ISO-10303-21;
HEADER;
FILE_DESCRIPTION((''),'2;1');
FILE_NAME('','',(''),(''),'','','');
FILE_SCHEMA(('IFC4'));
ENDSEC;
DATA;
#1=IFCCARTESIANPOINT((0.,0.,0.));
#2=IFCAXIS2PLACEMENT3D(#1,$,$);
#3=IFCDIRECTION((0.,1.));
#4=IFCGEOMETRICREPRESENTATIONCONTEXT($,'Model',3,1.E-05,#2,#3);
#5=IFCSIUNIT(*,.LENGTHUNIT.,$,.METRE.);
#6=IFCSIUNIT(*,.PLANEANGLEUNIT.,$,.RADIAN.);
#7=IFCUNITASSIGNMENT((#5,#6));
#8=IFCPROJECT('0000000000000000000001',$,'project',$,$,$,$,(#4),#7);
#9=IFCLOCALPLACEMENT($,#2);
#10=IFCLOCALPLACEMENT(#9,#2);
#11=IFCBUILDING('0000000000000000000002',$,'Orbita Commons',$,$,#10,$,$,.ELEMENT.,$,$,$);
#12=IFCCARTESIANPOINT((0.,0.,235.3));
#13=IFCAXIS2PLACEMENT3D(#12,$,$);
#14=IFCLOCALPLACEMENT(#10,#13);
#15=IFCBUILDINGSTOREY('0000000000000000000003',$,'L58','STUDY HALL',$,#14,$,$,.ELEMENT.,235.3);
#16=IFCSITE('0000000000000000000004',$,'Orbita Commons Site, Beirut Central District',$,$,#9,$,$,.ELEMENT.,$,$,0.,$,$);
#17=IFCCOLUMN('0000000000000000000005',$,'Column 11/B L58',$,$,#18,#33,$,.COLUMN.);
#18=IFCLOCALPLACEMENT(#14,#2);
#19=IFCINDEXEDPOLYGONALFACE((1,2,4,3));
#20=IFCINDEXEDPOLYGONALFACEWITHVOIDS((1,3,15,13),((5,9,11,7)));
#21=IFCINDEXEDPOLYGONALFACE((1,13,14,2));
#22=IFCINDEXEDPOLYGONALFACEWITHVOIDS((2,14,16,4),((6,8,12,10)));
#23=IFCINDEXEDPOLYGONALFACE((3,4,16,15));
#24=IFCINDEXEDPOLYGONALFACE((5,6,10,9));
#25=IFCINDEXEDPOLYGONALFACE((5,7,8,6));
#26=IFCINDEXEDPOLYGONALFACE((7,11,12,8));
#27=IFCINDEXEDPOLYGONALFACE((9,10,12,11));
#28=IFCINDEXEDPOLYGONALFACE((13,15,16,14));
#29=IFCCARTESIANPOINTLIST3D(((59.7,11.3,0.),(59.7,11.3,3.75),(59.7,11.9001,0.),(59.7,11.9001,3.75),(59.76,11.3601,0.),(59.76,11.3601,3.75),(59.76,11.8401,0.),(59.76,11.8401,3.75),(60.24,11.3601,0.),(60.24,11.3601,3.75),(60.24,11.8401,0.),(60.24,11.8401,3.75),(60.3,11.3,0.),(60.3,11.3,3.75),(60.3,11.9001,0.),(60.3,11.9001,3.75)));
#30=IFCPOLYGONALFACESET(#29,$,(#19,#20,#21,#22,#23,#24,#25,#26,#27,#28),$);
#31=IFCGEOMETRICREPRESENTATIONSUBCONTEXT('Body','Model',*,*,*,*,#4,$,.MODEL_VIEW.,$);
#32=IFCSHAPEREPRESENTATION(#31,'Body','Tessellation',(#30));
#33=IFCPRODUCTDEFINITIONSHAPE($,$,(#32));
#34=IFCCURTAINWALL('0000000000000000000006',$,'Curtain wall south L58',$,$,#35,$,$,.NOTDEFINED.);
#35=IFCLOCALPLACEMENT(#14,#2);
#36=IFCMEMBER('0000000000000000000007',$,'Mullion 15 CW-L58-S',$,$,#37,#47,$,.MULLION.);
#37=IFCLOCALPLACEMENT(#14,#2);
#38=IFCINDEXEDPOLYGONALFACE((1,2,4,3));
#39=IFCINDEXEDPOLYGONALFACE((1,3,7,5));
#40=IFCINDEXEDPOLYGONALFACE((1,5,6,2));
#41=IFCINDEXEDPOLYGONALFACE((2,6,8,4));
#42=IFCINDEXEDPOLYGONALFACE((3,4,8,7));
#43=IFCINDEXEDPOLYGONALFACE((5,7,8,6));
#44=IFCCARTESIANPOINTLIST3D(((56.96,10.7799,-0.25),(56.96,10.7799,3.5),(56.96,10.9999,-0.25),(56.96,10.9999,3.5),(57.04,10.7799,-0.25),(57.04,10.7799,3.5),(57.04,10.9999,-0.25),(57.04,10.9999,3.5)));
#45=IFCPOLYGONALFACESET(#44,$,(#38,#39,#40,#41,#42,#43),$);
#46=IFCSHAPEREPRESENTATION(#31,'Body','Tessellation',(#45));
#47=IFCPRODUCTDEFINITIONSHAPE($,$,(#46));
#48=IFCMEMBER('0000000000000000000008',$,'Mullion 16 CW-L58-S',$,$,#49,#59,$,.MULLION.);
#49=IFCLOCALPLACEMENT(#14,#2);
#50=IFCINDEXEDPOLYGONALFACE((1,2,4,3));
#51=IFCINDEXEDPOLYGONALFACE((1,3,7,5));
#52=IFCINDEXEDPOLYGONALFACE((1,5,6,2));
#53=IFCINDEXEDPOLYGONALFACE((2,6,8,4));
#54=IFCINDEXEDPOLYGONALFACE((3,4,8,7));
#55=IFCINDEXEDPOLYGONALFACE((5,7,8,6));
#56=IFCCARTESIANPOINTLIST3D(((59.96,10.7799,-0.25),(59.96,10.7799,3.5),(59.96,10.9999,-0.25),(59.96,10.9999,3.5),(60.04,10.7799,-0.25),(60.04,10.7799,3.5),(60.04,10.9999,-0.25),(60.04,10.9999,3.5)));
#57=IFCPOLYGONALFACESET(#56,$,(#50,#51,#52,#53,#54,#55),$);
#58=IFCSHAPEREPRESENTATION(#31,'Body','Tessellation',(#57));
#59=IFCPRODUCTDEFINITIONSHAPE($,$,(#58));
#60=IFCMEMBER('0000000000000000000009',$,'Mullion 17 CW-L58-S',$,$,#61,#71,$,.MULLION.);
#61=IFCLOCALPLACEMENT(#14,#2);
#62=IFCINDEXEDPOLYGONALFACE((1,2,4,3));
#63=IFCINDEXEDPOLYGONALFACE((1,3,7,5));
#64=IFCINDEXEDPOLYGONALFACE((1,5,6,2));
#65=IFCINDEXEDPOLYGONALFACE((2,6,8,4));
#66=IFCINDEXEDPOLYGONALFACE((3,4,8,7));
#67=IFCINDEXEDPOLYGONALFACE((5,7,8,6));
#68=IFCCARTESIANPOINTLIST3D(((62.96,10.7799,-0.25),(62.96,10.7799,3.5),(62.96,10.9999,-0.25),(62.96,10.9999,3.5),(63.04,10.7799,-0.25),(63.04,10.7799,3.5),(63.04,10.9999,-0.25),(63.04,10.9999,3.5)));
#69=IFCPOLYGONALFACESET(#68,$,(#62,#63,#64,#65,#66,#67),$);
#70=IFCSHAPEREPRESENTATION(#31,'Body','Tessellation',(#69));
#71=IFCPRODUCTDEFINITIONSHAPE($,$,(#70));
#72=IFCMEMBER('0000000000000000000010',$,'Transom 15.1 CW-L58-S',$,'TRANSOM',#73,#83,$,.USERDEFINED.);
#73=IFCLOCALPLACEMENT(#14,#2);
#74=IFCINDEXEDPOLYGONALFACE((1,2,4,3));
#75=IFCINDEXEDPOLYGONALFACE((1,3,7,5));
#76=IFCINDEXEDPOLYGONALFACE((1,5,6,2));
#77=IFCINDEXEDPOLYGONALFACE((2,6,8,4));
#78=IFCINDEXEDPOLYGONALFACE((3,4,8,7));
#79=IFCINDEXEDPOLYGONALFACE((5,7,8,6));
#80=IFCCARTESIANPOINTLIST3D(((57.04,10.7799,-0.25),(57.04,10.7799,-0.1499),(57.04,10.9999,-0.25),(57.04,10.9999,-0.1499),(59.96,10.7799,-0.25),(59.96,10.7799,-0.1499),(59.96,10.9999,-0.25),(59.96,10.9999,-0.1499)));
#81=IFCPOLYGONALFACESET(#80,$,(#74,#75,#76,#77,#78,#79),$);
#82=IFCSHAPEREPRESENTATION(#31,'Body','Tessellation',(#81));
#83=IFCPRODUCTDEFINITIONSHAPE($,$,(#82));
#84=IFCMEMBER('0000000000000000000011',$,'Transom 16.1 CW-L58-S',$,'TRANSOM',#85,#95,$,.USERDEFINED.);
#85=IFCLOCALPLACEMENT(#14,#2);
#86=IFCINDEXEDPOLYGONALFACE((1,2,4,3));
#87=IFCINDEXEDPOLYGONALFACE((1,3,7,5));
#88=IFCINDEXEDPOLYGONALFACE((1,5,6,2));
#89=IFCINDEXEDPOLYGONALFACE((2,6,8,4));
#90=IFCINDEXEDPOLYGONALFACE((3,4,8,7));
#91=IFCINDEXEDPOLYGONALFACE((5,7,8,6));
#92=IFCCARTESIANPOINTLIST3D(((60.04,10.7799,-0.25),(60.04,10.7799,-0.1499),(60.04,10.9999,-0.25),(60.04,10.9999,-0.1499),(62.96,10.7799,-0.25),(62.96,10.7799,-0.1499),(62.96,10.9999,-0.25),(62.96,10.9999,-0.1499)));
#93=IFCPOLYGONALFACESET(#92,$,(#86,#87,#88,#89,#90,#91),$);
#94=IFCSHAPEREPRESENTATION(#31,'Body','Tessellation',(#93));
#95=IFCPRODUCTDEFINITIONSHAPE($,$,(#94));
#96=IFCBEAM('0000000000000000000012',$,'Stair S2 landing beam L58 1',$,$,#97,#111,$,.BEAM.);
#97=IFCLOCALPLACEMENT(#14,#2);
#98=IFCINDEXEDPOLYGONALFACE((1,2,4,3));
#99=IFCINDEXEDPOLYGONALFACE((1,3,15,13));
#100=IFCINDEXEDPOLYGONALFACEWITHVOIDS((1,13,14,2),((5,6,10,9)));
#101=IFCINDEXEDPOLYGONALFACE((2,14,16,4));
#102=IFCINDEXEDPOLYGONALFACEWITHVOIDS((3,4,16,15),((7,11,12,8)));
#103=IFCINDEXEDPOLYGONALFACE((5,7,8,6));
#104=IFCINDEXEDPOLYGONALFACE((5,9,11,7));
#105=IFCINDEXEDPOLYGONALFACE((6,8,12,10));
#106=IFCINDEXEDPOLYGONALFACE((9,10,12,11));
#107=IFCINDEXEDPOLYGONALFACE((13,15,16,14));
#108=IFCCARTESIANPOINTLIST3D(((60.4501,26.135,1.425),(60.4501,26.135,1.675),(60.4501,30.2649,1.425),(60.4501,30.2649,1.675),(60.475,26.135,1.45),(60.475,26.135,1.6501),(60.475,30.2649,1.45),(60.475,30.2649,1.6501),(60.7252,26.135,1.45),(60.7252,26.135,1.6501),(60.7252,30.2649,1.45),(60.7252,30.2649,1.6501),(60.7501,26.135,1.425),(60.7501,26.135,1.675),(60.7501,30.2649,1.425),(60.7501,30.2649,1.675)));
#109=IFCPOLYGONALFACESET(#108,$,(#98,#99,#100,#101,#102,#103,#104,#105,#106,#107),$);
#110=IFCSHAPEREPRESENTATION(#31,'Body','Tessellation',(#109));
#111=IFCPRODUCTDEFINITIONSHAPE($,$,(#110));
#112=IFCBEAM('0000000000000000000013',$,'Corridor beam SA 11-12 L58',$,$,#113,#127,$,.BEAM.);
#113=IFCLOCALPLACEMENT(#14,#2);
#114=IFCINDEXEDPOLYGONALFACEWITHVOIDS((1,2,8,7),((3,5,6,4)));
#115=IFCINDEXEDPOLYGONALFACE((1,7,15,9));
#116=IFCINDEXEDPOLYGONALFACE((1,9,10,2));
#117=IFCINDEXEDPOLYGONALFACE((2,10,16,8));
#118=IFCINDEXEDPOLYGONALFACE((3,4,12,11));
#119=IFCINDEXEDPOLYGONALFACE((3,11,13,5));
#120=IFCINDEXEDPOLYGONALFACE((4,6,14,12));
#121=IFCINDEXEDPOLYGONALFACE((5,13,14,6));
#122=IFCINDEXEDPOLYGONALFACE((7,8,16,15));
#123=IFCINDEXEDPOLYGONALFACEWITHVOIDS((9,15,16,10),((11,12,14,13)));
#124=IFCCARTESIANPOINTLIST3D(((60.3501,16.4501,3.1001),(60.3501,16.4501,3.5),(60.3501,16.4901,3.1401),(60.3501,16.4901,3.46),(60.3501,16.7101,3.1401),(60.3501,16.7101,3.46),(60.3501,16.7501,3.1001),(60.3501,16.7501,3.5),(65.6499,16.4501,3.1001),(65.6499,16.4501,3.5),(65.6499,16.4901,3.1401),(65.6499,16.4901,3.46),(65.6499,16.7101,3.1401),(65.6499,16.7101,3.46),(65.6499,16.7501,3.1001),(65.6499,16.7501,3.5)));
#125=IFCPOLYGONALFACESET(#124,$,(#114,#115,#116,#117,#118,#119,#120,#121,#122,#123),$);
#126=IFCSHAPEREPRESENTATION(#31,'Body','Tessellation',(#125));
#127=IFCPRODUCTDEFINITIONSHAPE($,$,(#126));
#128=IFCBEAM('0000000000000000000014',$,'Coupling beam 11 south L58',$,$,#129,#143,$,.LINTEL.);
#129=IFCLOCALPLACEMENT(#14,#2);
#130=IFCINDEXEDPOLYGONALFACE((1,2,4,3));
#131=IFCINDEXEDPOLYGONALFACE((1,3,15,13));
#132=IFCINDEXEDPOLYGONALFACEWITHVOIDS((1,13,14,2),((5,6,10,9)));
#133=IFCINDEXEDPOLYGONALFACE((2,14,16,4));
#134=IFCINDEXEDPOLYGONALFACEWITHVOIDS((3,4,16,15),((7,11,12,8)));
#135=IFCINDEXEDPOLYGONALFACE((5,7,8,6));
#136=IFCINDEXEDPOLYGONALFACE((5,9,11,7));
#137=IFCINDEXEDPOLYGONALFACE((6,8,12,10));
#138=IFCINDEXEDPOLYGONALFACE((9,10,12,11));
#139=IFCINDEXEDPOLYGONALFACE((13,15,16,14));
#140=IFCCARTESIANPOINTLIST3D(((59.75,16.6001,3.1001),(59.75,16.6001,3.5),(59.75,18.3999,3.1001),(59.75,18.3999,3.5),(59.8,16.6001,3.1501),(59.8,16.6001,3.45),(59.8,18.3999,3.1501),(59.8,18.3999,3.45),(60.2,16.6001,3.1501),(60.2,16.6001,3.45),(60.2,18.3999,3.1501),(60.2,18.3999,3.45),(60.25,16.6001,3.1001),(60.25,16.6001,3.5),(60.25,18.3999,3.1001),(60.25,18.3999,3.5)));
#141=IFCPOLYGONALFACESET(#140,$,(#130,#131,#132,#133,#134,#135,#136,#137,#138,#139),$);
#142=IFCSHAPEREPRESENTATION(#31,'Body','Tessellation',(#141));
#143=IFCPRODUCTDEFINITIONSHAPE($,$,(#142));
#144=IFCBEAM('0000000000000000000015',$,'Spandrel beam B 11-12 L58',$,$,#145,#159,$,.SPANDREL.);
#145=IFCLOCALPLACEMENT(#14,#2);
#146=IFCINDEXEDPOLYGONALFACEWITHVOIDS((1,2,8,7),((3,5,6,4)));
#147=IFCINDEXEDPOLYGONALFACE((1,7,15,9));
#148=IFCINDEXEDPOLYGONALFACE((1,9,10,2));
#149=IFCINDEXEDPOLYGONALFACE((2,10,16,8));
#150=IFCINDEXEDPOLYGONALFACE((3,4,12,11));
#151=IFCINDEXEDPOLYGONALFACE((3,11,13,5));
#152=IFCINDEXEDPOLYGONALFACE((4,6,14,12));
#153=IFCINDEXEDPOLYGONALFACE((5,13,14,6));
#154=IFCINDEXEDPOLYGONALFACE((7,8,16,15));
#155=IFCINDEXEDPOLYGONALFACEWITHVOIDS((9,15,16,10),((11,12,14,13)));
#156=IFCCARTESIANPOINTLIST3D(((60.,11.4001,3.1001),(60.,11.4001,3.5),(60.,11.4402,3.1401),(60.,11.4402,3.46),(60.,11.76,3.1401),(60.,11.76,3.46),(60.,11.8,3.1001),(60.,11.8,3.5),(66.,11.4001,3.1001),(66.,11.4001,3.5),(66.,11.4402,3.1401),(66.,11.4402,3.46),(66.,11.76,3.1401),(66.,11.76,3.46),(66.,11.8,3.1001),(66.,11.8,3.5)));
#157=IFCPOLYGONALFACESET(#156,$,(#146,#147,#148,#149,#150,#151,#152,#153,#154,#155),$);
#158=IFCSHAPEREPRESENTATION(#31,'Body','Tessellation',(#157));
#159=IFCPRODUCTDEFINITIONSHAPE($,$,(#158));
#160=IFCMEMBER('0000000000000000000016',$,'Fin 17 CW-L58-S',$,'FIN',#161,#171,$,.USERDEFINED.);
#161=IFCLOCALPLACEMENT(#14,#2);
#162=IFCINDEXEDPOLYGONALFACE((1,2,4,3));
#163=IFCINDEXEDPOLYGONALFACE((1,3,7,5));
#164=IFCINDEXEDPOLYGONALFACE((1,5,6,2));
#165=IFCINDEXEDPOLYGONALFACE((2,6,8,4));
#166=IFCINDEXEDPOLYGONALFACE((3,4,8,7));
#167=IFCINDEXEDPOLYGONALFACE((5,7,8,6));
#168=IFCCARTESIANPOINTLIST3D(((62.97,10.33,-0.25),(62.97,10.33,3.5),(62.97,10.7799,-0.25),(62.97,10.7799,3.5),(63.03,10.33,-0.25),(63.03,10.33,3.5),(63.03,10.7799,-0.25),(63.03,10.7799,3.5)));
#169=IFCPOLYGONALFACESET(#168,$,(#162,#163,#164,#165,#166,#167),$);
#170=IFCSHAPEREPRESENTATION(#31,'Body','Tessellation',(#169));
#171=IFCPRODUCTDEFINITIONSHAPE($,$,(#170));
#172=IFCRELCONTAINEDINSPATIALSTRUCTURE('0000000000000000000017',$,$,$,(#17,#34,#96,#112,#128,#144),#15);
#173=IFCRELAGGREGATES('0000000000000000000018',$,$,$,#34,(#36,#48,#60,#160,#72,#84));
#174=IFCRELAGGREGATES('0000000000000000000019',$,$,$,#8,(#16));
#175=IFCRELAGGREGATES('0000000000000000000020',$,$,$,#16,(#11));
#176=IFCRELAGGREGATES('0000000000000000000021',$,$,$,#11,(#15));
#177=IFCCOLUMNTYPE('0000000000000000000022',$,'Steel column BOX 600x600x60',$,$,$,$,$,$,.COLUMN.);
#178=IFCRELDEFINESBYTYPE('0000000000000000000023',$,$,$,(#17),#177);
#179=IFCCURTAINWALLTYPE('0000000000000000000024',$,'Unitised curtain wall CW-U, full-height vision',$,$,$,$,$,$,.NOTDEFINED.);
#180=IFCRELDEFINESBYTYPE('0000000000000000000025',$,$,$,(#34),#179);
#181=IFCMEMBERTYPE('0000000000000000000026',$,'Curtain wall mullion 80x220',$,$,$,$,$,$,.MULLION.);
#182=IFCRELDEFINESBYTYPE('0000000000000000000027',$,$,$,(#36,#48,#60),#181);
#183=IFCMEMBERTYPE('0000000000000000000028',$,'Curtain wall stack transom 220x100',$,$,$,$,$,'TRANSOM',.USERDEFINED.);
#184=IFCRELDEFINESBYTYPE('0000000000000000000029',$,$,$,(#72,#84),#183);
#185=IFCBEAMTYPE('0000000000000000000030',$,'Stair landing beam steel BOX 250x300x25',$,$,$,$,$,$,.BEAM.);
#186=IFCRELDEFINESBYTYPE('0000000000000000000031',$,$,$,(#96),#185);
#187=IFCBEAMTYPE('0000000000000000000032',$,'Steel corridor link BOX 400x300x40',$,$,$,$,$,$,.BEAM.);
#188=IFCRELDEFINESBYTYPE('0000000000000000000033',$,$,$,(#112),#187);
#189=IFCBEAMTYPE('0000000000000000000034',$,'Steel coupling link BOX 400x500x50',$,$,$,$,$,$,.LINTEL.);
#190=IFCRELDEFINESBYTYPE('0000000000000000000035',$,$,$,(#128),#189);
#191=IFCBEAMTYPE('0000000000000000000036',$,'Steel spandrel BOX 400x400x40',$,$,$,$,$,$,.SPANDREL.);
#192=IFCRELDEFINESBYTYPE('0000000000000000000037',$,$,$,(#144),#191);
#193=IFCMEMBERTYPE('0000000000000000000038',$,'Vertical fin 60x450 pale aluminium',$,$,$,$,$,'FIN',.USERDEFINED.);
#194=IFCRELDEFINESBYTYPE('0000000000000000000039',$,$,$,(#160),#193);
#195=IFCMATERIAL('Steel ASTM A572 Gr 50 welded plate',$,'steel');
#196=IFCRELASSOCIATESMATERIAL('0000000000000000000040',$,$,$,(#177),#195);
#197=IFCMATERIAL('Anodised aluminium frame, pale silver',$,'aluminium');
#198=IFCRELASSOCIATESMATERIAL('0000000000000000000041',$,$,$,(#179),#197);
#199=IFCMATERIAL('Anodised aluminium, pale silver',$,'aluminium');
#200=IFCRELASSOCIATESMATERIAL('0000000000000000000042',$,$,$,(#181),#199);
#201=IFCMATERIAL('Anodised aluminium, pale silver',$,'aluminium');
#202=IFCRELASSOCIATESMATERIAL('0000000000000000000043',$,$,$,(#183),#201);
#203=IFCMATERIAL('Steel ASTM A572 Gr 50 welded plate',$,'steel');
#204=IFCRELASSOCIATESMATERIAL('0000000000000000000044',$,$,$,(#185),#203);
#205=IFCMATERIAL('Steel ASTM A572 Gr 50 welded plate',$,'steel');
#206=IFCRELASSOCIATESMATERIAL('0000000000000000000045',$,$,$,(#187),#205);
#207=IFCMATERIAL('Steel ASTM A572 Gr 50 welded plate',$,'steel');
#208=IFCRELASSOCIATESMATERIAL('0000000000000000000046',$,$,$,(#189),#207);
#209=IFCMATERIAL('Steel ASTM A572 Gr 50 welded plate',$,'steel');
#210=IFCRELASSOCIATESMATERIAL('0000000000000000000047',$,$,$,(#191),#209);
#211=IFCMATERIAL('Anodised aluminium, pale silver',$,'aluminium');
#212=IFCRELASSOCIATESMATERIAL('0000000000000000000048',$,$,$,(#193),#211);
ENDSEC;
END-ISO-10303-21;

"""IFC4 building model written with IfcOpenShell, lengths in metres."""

from ifc_helpers import new_model, si_unit, direction, frame, origin, origin_2d, place, context, subcontext, project, spatial, rectangle, hollow_rectangle, extrude, material, material_profile, profile_set, type_object, element, aggregate, save


model = new_model("IFC4")

# Units and contexts
model_context = context("Model", 3, precision=1e-05, world=origin(), true_north=direction((0.0, 1.0)))
body_context = subcontext(model_context, "Body", "Model", "MODEL_VIEW")
ifc_project = project(units=[si_unit("LENGTHUNIT", "METRE"), si_unit("PLANEANGLEUNIT", "RADIAN")], contexts=[model_context])

# Site, building, storey
site_placement = place(None, origin())
site = spatial("IfcSite", under=ifc_project, at=site_placement, Name="Orbita Commons Site, Beirut Central District", CompositionType="ELEMENT", RefElevation=0.0)
building_placement = place(site_placement, origin())
building = spatial("IfcBuilding", under=site, at=building_placement, Name="Orbita Commons", CompositionType="ELEMENT")
storey_placement = place(building_placement, frame((0.0, 0.0, 235.3)))
storey = spatial("IfcBuildingStorey", under=building, at=storey_placement, Name="L58", Description="STUDY HALL", CompositionType="ELEMENT", Elevation=235.3)

# Column
ifc_material_1 = material(Name="Steel ASTM A572 Gr 50 welded plate", Category="steel")
ifc_material_profile_1 = material_profile(ifc_material_1, hollow_rectangle(XDim=0.6001, YDim=0.6001, WallThickness=0.0601, at=origin_2d()), Name="BOX 600x600x60")
ifc_profile_set_1 = profile_set([ifc_material_profile_1], Name="Steel ASTM A572 Gr 50 welded plate")
column_type = type_object("IfcColumnType", Name="Steel column BOX 600x600x60", PredefinedType="COLUMN", material=ifc_profile_set_1)
column_placement = place(storey_placement, frame((60.0, 11.6001, 0.0), z_axis=(0.0, 0.0, 1.0), x_axis=(1.0, 0.0, 0.0)))
element("IfcColumn", 1, at=column_placement, inside=storey, type_object=column_type, Name="Column 11/B L58", PredefinedType="COLUMN", context=body_context, shape_type="SweptSolid", body=[
    extrude(hollow_rectangle(XDim=0.6001, YDim=0.6001, WallThickness=0.0601, at=origin_2d()), origin(), (0.0, 0.0, 1.0), 3.75),
])

# Curtain wall, members
ifc_material_2 = material(Name="Anodised aluminium frame, pale silver", Category="aluminium")
curtain_wall_type = type_object("IfcCurtainWallType", Name="Unitised curtain wall CW-U, full-height vision", PredefinedType="NOTDEFINED", material=ifc_material_2)
curtain_wall_placement = place(storey_placement, origin())
curtain_wall = element("IfcCurtainWall", 2, at=curtain_wall_placement, inside=storey, type_object=curtain_wall_type, Name="Curtain wall south L58", PredefinedType="NOTDEFINED")
ifc_material_3 = material(Name="Anodised aluminium, pale silver", Category="aluminium")
ifc_material_profile_2 = material_profile(ifc_material_3, rectangle(XDim=0.0801, YDim=0.22, at=origin_2d()), Name="AL 80x220")
ifc_profile_set_2 = profile_set([ifc_material_profile_2], Name="Anodised aluminium, pale silver")
member_type_1 = type_object("IfcMemberType", Name="Curtain wall mullion 80x220", PredefinedType="MULLION", material=ifc_profile_set_2)
member_1_placement = place(storey_placement, frame((57.0, 10.8899, -0.25), z_axis=(0.0, 0.0, 1.0), x_axis=(1.0, 0.0, 0.0)))
member_1 = element("IfcMember", 3, at=member_1_placement, type_object=member_type_1, Name="Mullion 15 CW-L58-S", PredefinedType="MULLION", context=body_context, shape_type="SweptSolid", body=[
    extrude(rectangle(XDim=0.0801, YDim=0.22, at=origin_2d()), origin(), (0.0, 0.0, 1.0), 3.75),
])
member_2_placement = place(storey_placement, frame((60.0, 10.8899, -0.25), z_axis=(0.0, 0.0, 1.0), x_axis=(1.0, 0.0, 0.0)))
member_2 = element("IfcMember", 4, at=member_2_placement, type_object=member_type_1, Name="Mullion 16 CW-L58-S", PredefinedType="MULLION", context=body_context, shape_type="SweptSolid", body=[
    extrude(rectangle(XDim=0.0801, YDim=0.22, at=origin_2d()), origin(), (0.0, 0.0, 1.0), 3.75),
])
member_3_placement = place(storey_placement, frame((63.0, 10.8899, -0.25), z_axis=(0.0, 0.0, 1.0), x_axis=(1.0, 0.0, 0.0)))
member_3 = element("IfcMember", 5, at=member_3_placement, type_object=member_type_1, Name="Mullion 17 CW-L58-S", PredefinedType="MULLION", context=body_context, shape_type="SweptSolid", body=[
    extrude(rectangle(XDim=0.0801, YDim=0.22, at=origin_2d()), origin(), (0.0, 0.0, 1.0), 3.75),
])
ifc_material_4 = material(Name="Anodised aluminium, pale silver", Category="aluminium")
ifc_material_profile_3 = material_profile(ifc_material_4, rectangle(XDim=0.22, YDim=0.1001, at=origin_2d()), Name="AL 220x100")
ifc_profile_set_3 = profile_set([ifc_material_profile_3], Name="Anodised aluminium, pale silver")
member_type_2 = type_object("IfcMemberType", Name="Curtain wall stack transom 220x100", ElementType="TRANSOM", PredefinedType="USERDEFINED", material=ifc_profile_set_3)
member_4_placement = place(storey_placement, frame((57.04, 10.8899, -0.2), z_axis=(1.0, 0.0, 0.0), x_axis=(0.0, 1.0, 0.0)))
member_4 = element("IfcMember", 6, at=member_4_placement, type_object=member_type_2, Name="Transom 15.1 CW-L58-S", ObjectType="TRANSOM", PredefinedType="USERDEFINED", context=body_context, shape_type="SweptSolid", body=[
    extrude(rectangle(XDim=0.22, YDim=0.1001, at=origin_2d()), origin(), (0.0, 0.0, 1.0), 2.9199),
])
member_5_placement = place(storey_placement, frame((60.04, 10.8899, -0.2), z_axis=(1.0, 0.0, 0.0), x_axis=(0.0, 1.0, 0.0)))
member_5 = element("IfcMember", 7, at=member_5_placement, type_object=member_type_2, Name="Transom 16.1 CW-L58-S", ObjectType="TRANSOM", PredefinedType="USERDEFINED", context=body_context, shape_type="SweptSolid", body=[
    extrude(rectangle(XDim=0.22, YDim=0.1001, at=origin_2d()), origin(), (0.0, 0.0, 1.0), 2.9199),
])

# Beams
ifc_material_5 = material(Name="Steel ASTM A572 Gr 50 welded plate", Category="steel")
ifc_material_profile_4 = material_profile(ifc_material_5, hollow_rectangle(XDim=0.3, YDim=0.25, WallThickness=0.0249, at=origin_2d()), Name="BOX 250x300x25")
ifc_profile_set_4 = profile_set([ifc_material_profile_4], Name="Steel ASTM A572 Gr 50 welded plate")
beam_type_1 = type_object("IfcBeamType", Name="Stair landing beam steel BOX 250x300x25", PredefinedType="BEAM", material=ifc_profile_set_4)
beam_1_placement = place(storey_placement, frame((60.6001, 26.135, 1.55), z_axis=(0.0, 1.0, 0.0), x_axis=(-1.0, 0.0, 0.0)))
element("IfcBeam", 8, at=beam_1_placement, inside=storey, type_object=beam_type_1, Name="Stair S2 landing beam L58 1", PredefinedType="BEAM", context=body_context, shape_type="SweptSolid", body=[
    extrude(hollow_rectangle(XDim=0.3, YDim=0.25, WallThickness=0.0249, at=origin_2d()), origin(), (0.0, 0.0, 1.0), 4.1299),
])
ifc_material_6 = material(Name="Steel ASTM A572 Gr 50 welded plate", Category="steel")
ifc_material_profile_5 = material_profile(ifc_material_6, hollow_rectangle(XDim=0.3, YDim=0.3999, WallThickness=0.04, at=origin_2d()), Name="BOX 400x300x40")
ifc_profile_set_5 = profile_set([ifc_material_profile_5], Name="Steel ASTM A572 Gr 50 welded plate")
beam_type_2 = type_object("IfcBeamType", Name="Steel corridor link BOX 400x300x40", PredefinedType="BEAM", material=ifc_profile_set_5)
beam_2_placement = place(storey_placement, frame((60.3501, 16.6001, 3.3), z_axis=(1.0, 0.0, 0.0), x_axis=(0.0, 1.0, 0.0)))
element("IfcBeam", 9, at=beam_2_placement, inside=storey, type_object=beam_type_2, Name="Corridor beam SA 11-12 L58", PredefinedType="BEAM", context=body_context, shape_type="SweptSolid", body=[
    extrude(hollow_rectangle(XDim=0.3, YDim=0.3999, WallThickness=0.04, at=origin_2d()), origin(), (0.0, 0.0, 1.0), 5.2998),
])
ifc_material_7 = material(Name="Steel ASTM A572 Gr 50 welded plate", Category="steel")
ifc_material_profile_6 = material_profile(ifc_material_7, hollow_rectangle(XDim=0.5, YDim=0.3999, WallThickness=0.05, at=origin_2d()), Name="BOX 400x500x50")
ifc_profile_set_6 = profile_set([ifc_material_profile_6], Name="Steel ASTM A572 Gr 50 welded plate")
beam_type_3 = type_object("IfcBeamType", Name="Steel coupling link BOX 400x500x50", PredefinedType="LINTEL", material=ifc_profile_set_6)
beam_3_placement = place(storey_placement, frame((60.0, 16.6001, 3.3), z_axis=(0.0, 1.0, 0.0), x_axis=(-1.0, 0.0, 0.0)))
element("IfcBeam", 10, at=beam_3_placement, inside=storey, type_object=beam_type_3, Name="Coupling beam 11 south L58", PredefinedType="LINTEL", context=body_context, shape_type="SweptSolid", body=[
    extrude(hollow_rectangle(XDim=0.5, YDim=0.3999, WallThickness=0.05, at=origin_2d()), origin(), (0.0, 0.0, 1.0), 1.7998),
])
ifc_material_8 = material(Name="Steel ASTM A572 Gr 50 welded plate", Category="steel")
ifc_material_profile_7 = material_profile(ifc_material_8, hollow_rectangle(XDim=0.3999, YDim=0.3999, WallThickness=0.04, at=origin_2d()), Name="BOX 400x400x40")
ifc_profile_set_7 = profile_set([ifc_material_profile_7], Name="Steel ASTM A572 Gr 50 welded plate")
beam_type_4 = type_object("IfcBeamType", Name="Steel spandrel BOX 400x400x40", PredefinedType="SPANDREL", material=ifc_profile_set_7)
beam_4_placement = place(storey_placement, frame((60.0, 11.6001, 3.3), z_axis=(1.0, 0.0, 0.0), x_axis=(0.0, 1.0, 0.0)))
element("IfcBeam", 11, at=beam_4_placement, inside=storey, type_object=beam_type_4, Name="Spandrel beam B 11-12 L58", PredefinedType="SPANDREL", context=body_context, shape_type="SweptSolid", body=[
    extrude(hollow_rectangle(XDim=0.3999, YDim=0.3999, WallThickness=0.04, at=origin_2d()), origin(), (0.0, 0.0, 1.0), 6.0),
])

# Member
ifc_material_9 = material(Name="Anodised aluminium, pale silver", Category="aluminium")
ifc_material_profile_8 = material_profile(ifc_material_9, rectangle(XDim=0.0601, YDim=0.45, at=origin_2d()), Name="FIN 60x450")
ifc_profile_set_8 = profile_set([ifc_material_profile_8], Name="Anodised aluminium, pale silver")
member_type_3 = type_object("IfcMemberType", Name="Vertical fin 60x450 pale aluminium", ElementType="FIN", PredefinedType="USERDEFINED", material=ifc_profile_set_8)
member_6_placement = place(storey_placement, frame((63.0, 10.5549, -0.25), z_axis=(0.0, 0.0, 1.0), x_axis=(1.0, 0.0, 0.0)))
member_6 = element("IfcMember", 12, at=member_6_placement, type_object=member_type_3, Name="Fin 17 CW-L58-S", ObjectType="FIN", PredefinedType="USERDEFINED", context=body_context, shape_type="SweptSolid", body=[
    extrude(rectangle(XDim=0.0601, YDim=0.45, at=origin_2d()), origin(), (0.0, 0.0, 1.0), 3.75),
])

aggregate(curtain_wall, [member_1, member_2, member_3, member_6, member_4, member_5])

save(model, "model.ifc")
